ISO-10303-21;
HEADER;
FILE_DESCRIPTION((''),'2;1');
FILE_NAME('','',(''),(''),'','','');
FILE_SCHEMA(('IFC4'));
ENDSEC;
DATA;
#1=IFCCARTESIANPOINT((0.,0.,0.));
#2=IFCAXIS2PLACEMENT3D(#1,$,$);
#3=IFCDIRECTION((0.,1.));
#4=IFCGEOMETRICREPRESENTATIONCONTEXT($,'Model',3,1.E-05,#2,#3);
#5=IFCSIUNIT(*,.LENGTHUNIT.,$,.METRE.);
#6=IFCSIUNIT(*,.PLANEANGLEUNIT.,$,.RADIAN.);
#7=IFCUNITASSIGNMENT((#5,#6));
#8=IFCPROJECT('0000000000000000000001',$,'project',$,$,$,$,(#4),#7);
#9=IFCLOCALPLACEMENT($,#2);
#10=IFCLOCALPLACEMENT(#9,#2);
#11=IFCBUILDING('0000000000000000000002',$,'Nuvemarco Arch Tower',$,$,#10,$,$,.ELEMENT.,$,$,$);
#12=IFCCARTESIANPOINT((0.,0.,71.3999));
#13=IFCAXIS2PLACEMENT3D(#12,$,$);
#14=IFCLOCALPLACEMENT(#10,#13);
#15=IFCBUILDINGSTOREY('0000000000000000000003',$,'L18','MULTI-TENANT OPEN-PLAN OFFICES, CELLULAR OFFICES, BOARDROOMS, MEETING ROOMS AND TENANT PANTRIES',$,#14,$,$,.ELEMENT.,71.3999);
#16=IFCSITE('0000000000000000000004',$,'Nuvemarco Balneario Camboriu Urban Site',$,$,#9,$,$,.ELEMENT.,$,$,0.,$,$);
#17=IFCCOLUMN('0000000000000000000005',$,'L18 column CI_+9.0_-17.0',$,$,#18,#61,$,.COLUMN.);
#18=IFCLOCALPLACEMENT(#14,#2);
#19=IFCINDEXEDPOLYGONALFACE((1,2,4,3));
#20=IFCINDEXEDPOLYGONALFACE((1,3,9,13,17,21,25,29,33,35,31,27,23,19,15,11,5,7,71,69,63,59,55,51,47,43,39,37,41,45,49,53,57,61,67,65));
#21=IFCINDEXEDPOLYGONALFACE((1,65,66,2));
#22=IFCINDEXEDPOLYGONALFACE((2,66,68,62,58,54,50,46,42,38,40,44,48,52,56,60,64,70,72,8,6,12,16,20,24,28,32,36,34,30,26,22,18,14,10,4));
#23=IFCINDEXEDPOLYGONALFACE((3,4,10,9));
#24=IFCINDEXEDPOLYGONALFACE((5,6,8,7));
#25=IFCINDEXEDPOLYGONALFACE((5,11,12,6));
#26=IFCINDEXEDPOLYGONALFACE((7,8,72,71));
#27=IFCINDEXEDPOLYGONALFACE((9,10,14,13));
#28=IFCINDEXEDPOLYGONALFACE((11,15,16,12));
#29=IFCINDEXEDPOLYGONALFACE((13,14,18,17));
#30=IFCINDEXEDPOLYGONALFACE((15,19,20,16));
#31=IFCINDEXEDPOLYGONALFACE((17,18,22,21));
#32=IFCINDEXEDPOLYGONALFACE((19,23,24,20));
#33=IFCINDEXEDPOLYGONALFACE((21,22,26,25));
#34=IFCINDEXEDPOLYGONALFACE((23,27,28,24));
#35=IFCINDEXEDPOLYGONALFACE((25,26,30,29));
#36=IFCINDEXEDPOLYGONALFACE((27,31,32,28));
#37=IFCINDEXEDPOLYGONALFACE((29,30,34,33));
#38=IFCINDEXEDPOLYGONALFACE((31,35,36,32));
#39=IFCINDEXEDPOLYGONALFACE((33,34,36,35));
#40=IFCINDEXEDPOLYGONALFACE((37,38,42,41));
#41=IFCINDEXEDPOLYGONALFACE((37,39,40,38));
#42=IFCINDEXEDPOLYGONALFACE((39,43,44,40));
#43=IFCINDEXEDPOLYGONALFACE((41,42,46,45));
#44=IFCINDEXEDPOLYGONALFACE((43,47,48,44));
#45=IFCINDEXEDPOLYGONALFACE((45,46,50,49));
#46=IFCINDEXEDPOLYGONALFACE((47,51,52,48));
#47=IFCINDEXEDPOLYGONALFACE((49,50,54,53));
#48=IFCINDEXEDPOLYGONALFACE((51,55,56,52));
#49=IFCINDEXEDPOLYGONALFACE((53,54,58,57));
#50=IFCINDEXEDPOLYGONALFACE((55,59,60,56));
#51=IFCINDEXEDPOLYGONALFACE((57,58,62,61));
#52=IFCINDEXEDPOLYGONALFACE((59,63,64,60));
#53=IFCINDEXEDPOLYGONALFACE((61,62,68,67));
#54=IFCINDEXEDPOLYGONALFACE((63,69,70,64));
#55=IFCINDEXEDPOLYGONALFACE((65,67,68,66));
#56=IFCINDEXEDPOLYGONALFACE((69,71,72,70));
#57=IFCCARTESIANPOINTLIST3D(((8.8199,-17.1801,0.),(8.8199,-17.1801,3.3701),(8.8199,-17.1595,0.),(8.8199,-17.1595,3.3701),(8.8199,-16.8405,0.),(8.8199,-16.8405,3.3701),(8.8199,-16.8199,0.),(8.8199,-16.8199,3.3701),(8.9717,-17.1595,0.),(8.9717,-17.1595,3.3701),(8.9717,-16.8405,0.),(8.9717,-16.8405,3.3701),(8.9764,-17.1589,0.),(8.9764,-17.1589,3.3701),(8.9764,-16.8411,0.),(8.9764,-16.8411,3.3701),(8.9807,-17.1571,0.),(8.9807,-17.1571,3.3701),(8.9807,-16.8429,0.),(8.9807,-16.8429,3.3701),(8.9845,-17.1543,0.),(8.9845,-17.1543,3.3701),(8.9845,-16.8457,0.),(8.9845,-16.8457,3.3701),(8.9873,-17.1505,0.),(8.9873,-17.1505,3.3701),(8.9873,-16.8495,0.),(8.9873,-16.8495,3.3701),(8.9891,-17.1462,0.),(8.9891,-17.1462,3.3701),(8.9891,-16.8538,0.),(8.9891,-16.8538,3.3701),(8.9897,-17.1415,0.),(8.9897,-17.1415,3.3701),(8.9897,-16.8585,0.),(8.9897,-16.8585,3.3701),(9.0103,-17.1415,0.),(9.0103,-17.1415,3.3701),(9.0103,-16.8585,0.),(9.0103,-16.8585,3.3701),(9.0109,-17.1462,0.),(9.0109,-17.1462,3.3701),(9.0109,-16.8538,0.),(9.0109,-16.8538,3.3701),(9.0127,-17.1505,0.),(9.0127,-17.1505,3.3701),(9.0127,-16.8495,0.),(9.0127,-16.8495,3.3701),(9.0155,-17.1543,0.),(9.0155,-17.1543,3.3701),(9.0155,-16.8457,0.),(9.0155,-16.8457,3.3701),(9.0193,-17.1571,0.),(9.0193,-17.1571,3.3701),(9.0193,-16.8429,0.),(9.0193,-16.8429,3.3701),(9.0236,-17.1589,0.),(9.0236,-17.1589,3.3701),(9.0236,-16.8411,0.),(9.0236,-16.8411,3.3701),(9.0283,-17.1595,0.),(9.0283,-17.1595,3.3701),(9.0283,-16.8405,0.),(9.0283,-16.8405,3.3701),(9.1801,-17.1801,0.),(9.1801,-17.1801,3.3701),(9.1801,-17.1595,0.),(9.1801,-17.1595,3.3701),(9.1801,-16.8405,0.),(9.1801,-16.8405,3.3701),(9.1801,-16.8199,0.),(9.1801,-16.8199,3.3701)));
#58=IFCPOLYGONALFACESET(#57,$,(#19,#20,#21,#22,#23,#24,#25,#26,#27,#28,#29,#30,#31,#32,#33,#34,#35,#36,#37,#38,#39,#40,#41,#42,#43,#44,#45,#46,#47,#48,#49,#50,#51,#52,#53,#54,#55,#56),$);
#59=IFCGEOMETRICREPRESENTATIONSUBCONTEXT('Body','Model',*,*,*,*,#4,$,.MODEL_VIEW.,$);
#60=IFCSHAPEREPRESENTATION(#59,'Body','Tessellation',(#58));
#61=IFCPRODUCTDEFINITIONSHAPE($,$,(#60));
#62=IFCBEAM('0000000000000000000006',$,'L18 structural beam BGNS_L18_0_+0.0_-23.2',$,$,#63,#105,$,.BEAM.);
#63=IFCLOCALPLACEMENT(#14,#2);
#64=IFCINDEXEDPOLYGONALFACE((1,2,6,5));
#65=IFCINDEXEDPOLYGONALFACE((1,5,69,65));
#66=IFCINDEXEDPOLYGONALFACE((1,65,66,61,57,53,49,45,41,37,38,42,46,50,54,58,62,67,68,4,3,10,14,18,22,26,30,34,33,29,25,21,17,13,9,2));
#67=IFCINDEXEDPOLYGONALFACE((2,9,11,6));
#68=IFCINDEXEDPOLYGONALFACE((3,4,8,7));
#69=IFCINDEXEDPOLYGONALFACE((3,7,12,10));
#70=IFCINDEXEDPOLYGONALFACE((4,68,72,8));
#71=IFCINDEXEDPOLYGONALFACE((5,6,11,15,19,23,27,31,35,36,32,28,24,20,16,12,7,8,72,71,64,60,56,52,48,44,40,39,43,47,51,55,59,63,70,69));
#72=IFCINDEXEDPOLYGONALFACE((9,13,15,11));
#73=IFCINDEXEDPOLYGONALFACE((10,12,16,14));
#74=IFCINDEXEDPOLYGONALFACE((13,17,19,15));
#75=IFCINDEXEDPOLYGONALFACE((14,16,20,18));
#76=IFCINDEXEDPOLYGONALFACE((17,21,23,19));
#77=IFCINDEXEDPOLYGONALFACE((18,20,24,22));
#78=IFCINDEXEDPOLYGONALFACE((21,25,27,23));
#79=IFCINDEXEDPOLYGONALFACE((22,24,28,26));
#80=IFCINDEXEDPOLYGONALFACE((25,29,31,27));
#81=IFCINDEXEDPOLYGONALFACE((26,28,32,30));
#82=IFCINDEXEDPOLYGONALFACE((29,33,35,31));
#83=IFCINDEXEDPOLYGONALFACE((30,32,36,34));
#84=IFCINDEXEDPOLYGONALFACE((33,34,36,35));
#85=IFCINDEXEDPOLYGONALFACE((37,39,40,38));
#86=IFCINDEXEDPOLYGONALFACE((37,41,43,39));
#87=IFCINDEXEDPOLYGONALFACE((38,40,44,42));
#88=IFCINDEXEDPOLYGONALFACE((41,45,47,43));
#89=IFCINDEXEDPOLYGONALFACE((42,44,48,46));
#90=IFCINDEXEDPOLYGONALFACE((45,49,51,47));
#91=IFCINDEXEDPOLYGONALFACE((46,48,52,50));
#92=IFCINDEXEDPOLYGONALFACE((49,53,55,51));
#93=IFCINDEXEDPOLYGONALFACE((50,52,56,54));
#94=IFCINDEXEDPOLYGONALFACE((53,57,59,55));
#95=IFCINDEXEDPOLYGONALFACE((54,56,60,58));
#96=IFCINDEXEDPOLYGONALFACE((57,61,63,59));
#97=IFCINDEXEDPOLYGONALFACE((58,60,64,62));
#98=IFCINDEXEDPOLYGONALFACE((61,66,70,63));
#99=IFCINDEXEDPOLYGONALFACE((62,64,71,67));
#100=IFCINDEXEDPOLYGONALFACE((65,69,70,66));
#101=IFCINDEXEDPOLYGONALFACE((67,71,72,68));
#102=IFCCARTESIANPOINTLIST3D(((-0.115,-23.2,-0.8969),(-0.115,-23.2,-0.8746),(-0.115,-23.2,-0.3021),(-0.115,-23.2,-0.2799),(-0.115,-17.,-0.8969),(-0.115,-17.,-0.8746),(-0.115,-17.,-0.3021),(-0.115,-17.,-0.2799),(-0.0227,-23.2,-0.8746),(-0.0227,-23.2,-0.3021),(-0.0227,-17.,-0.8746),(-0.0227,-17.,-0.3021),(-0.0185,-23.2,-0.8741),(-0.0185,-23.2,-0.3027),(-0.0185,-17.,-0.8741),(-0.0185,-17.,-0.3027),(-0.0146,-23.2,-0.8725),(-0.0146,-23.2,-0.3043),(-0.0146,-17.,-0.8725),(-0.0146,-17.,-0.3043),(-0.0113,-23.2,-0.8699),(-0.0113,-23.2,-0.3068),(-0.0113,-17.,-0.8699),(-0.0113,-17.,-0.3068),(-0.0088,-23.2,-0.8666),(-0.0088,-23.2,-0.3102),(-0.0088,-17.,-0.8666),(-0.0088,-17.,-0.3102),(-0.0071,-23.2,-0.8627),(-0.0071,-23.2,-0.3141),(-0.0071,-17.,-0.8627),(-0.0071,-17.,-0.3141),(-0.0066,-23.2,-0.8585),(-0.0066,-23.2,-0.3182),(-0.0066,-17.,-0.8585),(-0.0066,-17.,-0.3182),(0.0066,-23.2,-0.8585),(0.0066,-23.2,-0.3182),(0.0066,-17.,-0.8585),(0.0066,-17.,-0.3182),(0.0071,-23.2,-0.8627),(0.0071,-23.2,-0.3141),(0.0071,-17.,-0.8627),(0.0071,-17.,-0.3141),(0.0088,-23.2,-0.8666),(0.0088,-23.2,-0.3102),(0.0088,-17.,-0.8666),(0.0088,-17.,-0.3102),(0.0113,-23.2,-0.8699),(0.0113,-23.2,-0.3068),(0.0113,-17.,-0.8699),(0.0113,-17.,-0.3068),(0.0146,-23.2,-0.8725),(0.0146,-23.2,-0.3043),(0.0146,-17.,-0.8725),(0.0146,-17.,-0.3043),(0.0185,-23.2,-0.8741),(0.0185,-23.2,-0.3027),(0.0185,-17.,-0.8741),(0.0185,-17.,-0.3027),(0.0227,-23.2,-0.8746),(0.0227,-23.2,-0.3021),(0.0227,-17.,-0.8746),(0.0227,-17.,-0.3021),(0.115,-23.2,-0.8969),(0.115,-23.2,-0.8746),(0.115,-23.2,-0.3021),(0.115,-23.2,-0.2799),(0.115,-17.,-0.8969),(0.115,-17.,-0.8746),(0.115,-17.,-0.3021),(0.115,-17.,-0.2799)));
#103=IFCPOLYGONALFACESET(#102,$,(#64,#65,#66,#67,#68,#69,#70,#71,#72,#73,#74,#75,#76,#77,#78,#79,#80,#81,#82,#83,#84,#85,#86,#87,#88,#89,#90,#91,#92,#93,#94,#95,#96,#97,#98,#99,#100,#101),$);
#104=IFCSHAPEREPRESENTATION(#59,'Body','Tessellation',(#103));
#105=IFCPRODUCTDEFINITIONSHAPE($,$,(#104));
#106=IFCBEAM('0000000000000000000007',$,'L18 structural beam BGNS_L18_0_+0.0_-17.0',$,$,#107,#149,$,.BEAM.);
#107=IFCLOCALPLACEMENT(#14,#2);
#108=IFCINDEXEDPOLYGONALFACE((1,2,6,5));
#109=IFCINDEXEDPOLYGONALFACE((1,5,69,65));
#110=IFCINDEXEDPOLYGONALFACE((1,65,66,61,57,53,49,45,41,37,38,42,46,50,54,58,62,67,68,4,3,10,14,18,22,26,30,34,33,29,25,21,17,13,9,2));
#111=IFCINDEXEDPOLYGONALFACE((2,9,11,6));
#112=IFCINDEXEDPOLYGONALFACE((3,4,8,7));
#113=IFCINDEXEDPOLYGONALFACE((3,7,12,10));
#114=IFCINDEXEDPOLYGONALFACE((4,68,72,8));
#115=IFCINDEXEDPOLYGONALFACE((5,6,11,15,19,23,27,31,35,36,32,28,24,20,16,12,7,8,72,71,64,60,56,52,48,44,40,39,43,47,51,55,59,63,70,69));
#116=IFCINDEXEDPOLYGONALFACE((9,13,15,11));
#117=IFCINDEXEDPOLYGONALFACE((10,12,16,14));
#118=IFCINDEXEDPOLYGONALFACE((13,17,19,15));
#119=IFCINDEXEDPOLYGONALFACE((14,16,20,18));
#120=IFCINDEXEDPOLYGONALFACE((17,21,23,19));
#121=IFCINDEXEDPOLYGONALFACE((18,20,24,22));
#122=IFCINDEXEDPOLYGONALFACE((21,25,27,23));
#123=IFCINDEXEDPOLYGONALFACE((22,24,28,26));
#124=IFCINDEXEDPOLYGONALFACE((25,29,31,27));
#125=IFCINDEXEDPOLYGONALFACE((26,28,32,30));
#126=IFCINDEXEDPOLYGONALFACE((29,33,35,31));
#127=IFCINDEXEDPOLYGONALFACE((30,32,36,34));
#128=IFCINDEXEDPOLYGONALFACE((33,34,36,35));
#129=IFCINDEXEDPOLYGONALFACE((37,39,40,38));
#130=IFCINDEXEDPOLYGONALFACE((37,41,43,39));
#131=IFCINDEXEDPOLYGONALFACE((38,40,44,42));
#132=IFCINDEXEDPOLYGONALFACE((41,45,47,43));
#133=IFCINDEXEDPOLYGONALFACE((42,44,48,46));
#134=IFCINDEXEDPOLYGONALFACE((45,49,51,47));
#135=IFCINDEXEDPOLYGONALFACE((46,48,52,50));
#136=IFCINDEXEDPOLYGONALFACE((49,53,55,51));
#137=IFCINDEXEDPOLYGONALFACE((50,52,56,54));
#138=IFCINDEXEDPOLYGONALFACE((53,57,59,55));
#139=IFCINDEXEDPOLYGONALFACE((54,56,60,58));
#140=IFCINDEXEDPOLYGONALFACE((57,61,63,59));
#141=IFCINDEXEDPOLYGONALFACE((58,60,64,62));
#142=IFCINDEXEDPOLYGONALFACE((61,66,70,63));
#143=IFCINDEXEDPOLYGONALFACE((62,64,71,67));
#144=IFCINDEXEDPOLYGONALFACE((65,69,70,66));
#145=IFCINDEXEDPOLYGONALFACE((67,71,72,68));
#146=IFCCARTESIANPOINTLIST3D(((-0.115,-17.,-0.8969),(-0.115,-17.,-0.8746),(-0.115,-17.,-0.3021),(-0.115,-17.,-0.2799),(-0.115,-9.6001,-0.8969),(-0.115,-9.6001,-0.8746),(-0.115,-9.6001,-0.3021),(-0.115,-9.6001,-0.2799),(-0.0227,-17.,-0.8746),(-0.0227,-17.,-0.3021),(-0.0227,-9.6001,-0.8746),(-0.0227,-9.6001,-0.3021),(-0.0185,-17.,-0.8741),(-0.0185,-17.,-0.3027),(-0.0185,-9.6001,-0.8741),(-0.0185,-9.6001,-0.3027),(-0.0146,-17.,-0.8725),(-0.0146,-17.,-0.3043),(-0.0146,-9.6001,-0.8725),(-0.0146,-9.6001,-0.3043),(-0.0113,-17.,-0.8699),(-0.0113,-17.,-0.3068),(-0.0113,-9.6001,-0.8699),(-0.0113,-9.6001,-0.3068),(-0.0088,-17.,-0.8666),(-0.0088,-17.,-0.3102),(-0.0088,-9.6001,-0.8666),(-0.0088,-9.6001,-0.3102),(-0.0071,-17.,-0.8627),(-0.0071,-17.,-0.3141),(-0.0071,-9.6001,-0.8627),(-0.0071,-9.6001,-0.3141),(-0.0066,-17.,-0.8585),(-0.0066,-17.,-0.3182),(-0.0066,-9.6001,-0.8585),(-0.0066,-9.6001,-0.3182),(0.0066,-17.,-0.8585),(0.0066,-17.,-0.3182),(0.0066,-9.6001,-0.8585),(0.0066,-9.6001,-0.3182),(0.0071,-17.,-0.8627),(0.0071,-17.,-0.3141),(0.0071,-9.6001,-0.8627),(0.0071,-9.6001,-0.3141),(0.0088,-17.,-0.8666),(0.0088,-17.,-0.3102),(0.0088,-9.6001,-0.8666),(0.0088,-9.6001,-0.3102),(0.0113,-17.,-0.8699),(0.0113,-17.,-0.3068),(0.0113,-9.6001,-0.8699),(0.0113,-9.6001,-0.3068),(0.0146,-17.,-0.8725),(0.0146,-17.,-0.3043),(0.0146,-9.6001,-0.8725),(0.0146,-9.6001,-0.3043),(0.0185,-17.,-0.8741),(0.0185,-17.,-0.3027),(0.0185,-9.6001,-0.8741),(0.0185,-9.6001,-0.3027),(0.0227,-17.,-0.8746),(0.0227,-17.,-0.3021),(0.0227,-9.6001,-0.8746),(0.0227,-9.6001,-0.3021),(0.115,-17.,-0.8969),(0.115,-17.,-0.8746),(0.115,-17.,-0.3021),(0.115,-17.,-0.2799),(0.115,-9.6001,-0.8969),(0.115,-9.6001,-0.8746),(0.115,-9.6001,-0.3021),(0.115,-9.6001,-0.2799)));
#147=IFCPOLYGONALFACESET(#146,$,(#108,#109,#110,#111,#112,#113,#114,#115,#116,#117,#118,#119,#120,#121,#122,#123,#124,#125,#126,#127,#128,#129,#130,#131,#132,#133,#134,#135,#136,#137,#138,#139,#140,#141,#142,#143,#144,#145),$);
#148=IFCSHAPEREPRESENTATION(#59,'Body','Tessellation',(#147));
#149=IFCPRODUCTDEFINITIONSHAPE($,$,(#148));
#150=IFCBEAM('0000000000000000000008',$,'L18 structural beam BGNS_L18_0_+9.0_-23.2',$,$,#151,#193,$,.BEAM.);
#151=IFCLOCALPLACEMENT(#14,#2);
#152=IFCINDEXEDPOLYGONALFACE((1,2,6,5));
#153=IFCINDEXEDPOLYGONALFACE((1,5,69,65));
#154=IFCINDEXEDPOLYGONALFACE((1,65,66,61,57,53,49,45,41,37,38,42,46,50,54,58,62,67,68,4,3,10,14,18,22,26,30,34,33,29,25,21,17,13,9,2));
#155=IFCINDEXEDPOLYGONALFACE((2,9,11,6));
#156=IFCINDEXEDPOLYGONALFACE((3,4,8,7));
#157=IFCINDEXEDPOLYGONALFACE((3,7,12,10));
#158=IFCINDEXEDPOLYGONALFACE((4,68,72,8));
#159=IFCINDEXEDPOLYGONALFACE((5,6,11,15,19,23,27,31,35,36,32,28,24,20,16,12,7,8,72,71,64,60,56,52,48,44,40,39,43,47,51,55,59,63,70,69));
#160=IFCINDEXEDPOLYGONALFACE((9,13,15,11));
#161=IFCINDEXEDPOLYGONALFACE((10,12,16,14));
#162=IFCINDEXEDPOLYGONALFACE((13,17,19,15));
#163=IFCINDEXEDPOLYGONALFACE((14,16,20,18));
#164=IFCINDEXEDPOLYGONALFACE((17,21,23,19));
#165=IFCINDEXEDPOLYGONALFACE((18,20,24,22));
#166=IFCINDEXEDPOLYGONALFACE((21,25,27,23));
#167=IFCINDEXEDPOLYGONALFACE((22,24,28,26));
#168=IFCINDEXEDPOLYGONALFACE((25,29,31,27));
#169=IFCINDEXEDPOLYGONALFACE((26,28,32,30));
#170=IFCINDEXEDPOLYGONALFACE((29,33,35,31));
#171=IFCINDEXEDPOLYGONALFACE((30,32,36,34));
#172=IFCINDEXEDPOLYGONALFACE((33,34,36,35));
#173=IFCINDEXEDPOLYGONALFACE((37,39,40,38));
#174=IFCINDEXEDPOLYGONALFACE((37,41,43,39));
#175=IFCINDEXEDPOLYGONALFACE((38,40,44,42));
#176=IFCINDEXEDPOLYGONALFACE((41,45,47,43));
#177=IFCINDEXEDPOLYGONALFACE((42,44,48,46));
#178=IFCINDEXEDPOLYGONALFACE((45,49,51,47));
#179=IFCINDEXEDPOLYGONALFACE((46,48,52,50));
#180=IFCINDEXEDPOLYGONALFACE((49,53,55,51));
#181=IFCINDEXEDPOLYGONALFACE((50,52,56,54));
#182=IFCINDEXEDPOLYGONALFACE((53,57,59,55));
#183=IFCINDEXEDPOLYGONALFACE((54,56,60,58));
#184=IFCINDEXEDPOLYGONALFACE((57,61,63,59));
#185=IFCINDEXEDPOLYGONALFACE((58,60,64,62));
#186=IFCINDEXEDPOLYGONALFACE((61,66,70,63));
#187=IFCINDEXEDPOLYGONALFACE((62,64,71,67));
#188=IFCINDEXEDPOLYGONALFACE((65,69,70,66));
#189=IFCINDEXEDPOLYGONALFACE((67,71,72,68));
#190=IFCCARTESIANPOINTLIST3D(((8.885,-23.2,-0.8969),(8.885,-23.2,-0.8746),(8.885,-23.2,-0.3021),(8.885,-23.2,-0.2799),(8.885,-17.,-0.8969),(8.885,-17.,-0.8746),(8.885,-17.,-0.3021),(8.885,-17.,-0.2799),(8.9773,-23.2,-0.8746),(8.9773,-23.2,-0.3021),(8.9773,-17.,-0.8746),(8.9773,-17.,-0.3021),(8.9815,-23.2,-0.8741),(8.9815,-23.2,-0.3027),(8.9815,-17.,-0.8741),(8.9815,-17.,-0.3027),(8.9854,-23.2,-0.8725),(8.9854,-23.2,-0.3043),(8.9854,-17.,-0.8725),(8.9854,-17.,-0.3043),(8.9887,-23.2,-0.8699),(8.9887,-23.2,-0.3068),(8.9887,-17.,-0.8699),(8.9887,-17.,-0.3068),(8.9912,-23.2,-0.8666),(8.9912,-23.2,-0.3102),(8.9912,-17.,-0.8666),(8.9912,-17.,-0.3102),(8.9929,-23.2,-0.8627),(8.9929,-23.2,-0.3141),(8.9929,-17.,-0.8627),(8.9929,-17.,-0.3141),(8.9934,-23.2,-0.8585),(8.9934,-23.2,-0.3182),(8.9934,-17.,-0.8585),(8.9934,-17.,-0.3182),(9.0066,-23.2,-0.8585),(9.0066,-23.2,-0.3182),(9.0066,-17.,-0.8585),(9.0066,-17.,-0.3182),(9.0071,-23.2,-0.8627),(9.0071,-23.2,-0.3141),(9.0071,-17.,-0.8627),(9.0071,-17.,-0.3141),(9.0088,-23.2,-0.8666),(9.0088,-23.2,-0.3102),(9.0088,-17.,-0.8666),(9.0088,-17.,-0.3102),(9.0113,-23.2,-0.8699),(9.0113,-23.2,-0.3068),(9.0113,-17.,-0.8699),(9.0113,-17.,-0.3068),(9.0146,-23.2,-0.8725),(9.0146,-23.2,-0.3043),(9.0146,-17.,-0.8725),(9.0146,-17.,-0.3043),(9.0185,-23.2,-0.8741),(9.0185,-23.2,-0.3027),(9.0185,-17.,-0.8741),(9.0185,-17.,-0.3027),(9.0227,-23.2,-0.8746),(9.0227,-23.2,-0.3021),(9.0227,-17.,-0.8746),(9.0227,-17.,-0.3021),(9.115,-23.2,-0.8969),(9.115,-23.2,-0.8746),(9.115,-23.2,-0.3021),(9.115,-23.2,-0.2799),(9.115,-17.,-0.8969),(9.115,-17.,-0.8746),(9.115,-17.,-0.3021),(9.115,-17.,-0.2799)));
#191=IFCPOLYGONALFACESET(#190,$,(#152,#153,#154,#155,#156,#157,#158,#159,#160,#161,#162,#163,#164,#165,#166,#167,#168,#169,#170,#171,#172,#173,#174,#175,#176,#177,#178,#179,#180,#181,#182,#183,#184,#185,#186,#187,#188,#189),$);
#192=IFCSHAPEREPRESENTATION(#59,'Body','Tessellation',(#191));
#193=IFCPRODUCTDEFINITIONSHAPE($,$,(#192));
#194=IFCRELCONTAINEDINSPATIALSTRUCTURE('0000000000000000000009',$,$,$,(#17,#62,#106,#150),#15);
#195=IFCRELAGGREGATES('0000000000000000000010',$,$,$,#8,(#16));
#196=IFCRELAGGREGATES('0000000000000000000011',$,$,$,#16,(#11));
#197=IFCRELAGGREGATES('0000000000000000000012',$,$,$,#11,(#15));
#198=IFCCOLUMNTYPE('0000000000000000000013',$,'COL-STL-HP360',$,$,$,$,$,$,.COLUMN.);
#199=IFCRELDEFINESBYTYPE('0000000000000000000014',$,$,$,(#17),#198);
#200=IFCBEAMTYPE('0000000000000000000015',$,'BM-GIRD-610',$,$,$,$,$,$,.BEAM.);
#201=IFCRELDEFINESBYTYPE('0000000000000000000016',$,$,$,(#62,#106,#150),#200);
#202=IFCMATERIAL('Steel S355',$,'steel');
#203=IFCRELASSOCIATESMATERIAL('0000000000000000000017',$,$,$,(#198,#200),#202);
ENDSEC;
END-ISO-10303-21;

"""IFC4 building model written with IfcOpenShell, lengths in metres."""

from ifc_helpers import new_model, si_unit, direction, frame, origin, origin_2d, place, context, subcontext, project, spatial, i_section, extrude, material, material_profile, profile_set, type_object, element, save


model = new_model("IFC4")

# Units and contexts
model_context = context("Model", 3, precision=1e-05, world=origin(), true_north=direction((0.0, 1.0)))
body_context = subcontext(model_context, "Body", "Model", "MODEL_VIEW")
ifc_project = project(units=[si_unit("LENGTHUNIT", "METRE"), si_unit("PLANEANGLEUNIT", "RADIAN")], contexts=[model_context])

# Site, building, storey
site_placement = place(None, origin())
site = spatial("IfcSite", under=ifc_project, at=site_placement, Name="Nuvemarco Balneario Camboriu Urban Site", CompositionType="ELEMENT", RefElevation=0.0)
building_placement = place(site_placement, origin())
building = spatial("IfcBuilding", under=site, at=building_placement, Name="Nuvemarco Arch Tower", CompositionType="ELEMENT")
storey_placement = place(building_placement, frame((0.0, 0.0, 71.3999)))
storey = spatial("IfcBuildingStorey", under=building, at=storey_placement, Name="L18", Description="MULTI-TENANT OPEN-PLAN OFFICES, CELLULAR OFFICES, BOARDROOMS, MEETING ROOMS AND TENANT PANTRIES", CompositionType="ELEMENT", Elevation=71.3999)

# Column
ifc_material_1 = material(Name="Steel S355", Category="steel")
ifc_material_profile_1 = material_profile(ifc_material_1, i_section(OverallWidth=0.3601, OverallDepth=0.3601, WebThickness=0.0205, FlangeThickness=0.0205, FilletRadius=0.0181, at=origin_2d()), Name="HP360x174")
ifc_profile_set_1 = profile_set([ifc_material_profile_1], Name="Steel S355")
column_type_1 = type_object("IfcColumnType", Name="COL-STL-HP360", PredefinedType="COLUMN", material=ifc_profile_set_1)
for number, where, z_axis, x_axis, name in (
    (1, (9.0, -17.0, 0.0), (0.0, 0.0, 1.0), (1.0, 0.0, 0.0), "L18 column CI_+9.0_-17.0"),
):
    element("IfcColumn", number, at=place(storey_placement, frame(where, z_axis=z_axis, x_axis=x_axis)), inside=storey, type_object=column_type_1, Name=name, PredefinedType="COLUMN", context=body_context, shape_type="SweptSolid", body=[
        extrude(i_section(OverallWidth=0.3601, OverallDepth=0.3601, WebThickness=0.0205, FlangeThickness=0.0205, FilletRadius=0.0181, at=origin_2d()), origin(), (0.0, 0.0, 1.0), 3.3701),
    ])

# Beams
ifc_material_profile_2 = material_profile(ifc_material_1, i_section(OverallWidth=0.23, OverallDepth=0.6169, WebThickness=0.0132, FlangeThickness=0.0222, FilletRadius=0.0161, at=origin_2d()), Name="W610x140")
ifc_profile_set_2 = profile_set([ifc_material_profile_2], Name="Steel S355")
beam_type_1 = type_object("IfcBeamType", Name="BM-GIRD-610", PredefinedType="BEAM", material=ifc_profile_set_2)
beam_1_placement = place(storey_placement, frame((0.0, -23.2, -0.5884), z_axis=(0.0, 1.0, 0.0), x_axis=(-1.0, 0.0, 0.0)))
element("IfcBeam", 2, at=beam_1_placement, inside=storey, type_object=beam_type_1, Name="L18 structural beam BGNS_L18_0_+0.0_-23.2", PredefinedType="BEAM", context=body_context, shape_type="SweptSolid", body=[
    extrude(i_section(OverallWidth=0.23, OverallDepth=0.6169, WebThickness=0.0132, FlangeThickness=0.0222, FilletRadius=0.0161, at=origin_2d()), origin(), (0.0, 0.0, 1.0), 6.2),
])
beam_2_placement = place(storey_placement, frame((0.0, -17.0, -0.5884), z_axis=(0.0, 1.0, 0.0), x_axis=(-1.0, 0.0, 0.0)))
element("IfcBeam", 3, at=beam_2_placement, inside=storey, type_object=beam_type_1, Name="L18 structural beam BGNS_L18_0_+0.0_-17.0", PredefinedType="BEAM", context=body_context, shape_type="SweptSolid", body=[
    extrude(i_section(OverallWidth=0.23, OverallDepth=0.6169, WebThickness=0.0132, FlangeThickness=0.0222, FilletRadius=0.0161, at=origin_2d()), origin(), (0.0, 0.0, 1.0), 7.3999),
])
beam_3_placement = place(storey_placement, frame((9.0, -23.2, -0.5884), z_axis=(0.0, 1.0, 0.0), x_axis=(-1.0, 0.0, 0.0)))
element("IfcBeam", 4, at=beam_3_placement, inside=storey, type_object=beam_type_1, Name="L18 structural beam BGNS_L18_0_+9.0_-23.2", PredefinedType="BEAM", context=body_context, shape_type="SweptSolid", body=[
    extrude(i_section(OverallWidth=0.23, OverallDepth=0.6169, WebThickness=0.0132, FlangeThickness=0.0222, FilletRadius=0.0161, at=origin_2d()), origin(), (0.0, 0.0, 1.0), 6.2),
])

save(model, "model.ifc")
